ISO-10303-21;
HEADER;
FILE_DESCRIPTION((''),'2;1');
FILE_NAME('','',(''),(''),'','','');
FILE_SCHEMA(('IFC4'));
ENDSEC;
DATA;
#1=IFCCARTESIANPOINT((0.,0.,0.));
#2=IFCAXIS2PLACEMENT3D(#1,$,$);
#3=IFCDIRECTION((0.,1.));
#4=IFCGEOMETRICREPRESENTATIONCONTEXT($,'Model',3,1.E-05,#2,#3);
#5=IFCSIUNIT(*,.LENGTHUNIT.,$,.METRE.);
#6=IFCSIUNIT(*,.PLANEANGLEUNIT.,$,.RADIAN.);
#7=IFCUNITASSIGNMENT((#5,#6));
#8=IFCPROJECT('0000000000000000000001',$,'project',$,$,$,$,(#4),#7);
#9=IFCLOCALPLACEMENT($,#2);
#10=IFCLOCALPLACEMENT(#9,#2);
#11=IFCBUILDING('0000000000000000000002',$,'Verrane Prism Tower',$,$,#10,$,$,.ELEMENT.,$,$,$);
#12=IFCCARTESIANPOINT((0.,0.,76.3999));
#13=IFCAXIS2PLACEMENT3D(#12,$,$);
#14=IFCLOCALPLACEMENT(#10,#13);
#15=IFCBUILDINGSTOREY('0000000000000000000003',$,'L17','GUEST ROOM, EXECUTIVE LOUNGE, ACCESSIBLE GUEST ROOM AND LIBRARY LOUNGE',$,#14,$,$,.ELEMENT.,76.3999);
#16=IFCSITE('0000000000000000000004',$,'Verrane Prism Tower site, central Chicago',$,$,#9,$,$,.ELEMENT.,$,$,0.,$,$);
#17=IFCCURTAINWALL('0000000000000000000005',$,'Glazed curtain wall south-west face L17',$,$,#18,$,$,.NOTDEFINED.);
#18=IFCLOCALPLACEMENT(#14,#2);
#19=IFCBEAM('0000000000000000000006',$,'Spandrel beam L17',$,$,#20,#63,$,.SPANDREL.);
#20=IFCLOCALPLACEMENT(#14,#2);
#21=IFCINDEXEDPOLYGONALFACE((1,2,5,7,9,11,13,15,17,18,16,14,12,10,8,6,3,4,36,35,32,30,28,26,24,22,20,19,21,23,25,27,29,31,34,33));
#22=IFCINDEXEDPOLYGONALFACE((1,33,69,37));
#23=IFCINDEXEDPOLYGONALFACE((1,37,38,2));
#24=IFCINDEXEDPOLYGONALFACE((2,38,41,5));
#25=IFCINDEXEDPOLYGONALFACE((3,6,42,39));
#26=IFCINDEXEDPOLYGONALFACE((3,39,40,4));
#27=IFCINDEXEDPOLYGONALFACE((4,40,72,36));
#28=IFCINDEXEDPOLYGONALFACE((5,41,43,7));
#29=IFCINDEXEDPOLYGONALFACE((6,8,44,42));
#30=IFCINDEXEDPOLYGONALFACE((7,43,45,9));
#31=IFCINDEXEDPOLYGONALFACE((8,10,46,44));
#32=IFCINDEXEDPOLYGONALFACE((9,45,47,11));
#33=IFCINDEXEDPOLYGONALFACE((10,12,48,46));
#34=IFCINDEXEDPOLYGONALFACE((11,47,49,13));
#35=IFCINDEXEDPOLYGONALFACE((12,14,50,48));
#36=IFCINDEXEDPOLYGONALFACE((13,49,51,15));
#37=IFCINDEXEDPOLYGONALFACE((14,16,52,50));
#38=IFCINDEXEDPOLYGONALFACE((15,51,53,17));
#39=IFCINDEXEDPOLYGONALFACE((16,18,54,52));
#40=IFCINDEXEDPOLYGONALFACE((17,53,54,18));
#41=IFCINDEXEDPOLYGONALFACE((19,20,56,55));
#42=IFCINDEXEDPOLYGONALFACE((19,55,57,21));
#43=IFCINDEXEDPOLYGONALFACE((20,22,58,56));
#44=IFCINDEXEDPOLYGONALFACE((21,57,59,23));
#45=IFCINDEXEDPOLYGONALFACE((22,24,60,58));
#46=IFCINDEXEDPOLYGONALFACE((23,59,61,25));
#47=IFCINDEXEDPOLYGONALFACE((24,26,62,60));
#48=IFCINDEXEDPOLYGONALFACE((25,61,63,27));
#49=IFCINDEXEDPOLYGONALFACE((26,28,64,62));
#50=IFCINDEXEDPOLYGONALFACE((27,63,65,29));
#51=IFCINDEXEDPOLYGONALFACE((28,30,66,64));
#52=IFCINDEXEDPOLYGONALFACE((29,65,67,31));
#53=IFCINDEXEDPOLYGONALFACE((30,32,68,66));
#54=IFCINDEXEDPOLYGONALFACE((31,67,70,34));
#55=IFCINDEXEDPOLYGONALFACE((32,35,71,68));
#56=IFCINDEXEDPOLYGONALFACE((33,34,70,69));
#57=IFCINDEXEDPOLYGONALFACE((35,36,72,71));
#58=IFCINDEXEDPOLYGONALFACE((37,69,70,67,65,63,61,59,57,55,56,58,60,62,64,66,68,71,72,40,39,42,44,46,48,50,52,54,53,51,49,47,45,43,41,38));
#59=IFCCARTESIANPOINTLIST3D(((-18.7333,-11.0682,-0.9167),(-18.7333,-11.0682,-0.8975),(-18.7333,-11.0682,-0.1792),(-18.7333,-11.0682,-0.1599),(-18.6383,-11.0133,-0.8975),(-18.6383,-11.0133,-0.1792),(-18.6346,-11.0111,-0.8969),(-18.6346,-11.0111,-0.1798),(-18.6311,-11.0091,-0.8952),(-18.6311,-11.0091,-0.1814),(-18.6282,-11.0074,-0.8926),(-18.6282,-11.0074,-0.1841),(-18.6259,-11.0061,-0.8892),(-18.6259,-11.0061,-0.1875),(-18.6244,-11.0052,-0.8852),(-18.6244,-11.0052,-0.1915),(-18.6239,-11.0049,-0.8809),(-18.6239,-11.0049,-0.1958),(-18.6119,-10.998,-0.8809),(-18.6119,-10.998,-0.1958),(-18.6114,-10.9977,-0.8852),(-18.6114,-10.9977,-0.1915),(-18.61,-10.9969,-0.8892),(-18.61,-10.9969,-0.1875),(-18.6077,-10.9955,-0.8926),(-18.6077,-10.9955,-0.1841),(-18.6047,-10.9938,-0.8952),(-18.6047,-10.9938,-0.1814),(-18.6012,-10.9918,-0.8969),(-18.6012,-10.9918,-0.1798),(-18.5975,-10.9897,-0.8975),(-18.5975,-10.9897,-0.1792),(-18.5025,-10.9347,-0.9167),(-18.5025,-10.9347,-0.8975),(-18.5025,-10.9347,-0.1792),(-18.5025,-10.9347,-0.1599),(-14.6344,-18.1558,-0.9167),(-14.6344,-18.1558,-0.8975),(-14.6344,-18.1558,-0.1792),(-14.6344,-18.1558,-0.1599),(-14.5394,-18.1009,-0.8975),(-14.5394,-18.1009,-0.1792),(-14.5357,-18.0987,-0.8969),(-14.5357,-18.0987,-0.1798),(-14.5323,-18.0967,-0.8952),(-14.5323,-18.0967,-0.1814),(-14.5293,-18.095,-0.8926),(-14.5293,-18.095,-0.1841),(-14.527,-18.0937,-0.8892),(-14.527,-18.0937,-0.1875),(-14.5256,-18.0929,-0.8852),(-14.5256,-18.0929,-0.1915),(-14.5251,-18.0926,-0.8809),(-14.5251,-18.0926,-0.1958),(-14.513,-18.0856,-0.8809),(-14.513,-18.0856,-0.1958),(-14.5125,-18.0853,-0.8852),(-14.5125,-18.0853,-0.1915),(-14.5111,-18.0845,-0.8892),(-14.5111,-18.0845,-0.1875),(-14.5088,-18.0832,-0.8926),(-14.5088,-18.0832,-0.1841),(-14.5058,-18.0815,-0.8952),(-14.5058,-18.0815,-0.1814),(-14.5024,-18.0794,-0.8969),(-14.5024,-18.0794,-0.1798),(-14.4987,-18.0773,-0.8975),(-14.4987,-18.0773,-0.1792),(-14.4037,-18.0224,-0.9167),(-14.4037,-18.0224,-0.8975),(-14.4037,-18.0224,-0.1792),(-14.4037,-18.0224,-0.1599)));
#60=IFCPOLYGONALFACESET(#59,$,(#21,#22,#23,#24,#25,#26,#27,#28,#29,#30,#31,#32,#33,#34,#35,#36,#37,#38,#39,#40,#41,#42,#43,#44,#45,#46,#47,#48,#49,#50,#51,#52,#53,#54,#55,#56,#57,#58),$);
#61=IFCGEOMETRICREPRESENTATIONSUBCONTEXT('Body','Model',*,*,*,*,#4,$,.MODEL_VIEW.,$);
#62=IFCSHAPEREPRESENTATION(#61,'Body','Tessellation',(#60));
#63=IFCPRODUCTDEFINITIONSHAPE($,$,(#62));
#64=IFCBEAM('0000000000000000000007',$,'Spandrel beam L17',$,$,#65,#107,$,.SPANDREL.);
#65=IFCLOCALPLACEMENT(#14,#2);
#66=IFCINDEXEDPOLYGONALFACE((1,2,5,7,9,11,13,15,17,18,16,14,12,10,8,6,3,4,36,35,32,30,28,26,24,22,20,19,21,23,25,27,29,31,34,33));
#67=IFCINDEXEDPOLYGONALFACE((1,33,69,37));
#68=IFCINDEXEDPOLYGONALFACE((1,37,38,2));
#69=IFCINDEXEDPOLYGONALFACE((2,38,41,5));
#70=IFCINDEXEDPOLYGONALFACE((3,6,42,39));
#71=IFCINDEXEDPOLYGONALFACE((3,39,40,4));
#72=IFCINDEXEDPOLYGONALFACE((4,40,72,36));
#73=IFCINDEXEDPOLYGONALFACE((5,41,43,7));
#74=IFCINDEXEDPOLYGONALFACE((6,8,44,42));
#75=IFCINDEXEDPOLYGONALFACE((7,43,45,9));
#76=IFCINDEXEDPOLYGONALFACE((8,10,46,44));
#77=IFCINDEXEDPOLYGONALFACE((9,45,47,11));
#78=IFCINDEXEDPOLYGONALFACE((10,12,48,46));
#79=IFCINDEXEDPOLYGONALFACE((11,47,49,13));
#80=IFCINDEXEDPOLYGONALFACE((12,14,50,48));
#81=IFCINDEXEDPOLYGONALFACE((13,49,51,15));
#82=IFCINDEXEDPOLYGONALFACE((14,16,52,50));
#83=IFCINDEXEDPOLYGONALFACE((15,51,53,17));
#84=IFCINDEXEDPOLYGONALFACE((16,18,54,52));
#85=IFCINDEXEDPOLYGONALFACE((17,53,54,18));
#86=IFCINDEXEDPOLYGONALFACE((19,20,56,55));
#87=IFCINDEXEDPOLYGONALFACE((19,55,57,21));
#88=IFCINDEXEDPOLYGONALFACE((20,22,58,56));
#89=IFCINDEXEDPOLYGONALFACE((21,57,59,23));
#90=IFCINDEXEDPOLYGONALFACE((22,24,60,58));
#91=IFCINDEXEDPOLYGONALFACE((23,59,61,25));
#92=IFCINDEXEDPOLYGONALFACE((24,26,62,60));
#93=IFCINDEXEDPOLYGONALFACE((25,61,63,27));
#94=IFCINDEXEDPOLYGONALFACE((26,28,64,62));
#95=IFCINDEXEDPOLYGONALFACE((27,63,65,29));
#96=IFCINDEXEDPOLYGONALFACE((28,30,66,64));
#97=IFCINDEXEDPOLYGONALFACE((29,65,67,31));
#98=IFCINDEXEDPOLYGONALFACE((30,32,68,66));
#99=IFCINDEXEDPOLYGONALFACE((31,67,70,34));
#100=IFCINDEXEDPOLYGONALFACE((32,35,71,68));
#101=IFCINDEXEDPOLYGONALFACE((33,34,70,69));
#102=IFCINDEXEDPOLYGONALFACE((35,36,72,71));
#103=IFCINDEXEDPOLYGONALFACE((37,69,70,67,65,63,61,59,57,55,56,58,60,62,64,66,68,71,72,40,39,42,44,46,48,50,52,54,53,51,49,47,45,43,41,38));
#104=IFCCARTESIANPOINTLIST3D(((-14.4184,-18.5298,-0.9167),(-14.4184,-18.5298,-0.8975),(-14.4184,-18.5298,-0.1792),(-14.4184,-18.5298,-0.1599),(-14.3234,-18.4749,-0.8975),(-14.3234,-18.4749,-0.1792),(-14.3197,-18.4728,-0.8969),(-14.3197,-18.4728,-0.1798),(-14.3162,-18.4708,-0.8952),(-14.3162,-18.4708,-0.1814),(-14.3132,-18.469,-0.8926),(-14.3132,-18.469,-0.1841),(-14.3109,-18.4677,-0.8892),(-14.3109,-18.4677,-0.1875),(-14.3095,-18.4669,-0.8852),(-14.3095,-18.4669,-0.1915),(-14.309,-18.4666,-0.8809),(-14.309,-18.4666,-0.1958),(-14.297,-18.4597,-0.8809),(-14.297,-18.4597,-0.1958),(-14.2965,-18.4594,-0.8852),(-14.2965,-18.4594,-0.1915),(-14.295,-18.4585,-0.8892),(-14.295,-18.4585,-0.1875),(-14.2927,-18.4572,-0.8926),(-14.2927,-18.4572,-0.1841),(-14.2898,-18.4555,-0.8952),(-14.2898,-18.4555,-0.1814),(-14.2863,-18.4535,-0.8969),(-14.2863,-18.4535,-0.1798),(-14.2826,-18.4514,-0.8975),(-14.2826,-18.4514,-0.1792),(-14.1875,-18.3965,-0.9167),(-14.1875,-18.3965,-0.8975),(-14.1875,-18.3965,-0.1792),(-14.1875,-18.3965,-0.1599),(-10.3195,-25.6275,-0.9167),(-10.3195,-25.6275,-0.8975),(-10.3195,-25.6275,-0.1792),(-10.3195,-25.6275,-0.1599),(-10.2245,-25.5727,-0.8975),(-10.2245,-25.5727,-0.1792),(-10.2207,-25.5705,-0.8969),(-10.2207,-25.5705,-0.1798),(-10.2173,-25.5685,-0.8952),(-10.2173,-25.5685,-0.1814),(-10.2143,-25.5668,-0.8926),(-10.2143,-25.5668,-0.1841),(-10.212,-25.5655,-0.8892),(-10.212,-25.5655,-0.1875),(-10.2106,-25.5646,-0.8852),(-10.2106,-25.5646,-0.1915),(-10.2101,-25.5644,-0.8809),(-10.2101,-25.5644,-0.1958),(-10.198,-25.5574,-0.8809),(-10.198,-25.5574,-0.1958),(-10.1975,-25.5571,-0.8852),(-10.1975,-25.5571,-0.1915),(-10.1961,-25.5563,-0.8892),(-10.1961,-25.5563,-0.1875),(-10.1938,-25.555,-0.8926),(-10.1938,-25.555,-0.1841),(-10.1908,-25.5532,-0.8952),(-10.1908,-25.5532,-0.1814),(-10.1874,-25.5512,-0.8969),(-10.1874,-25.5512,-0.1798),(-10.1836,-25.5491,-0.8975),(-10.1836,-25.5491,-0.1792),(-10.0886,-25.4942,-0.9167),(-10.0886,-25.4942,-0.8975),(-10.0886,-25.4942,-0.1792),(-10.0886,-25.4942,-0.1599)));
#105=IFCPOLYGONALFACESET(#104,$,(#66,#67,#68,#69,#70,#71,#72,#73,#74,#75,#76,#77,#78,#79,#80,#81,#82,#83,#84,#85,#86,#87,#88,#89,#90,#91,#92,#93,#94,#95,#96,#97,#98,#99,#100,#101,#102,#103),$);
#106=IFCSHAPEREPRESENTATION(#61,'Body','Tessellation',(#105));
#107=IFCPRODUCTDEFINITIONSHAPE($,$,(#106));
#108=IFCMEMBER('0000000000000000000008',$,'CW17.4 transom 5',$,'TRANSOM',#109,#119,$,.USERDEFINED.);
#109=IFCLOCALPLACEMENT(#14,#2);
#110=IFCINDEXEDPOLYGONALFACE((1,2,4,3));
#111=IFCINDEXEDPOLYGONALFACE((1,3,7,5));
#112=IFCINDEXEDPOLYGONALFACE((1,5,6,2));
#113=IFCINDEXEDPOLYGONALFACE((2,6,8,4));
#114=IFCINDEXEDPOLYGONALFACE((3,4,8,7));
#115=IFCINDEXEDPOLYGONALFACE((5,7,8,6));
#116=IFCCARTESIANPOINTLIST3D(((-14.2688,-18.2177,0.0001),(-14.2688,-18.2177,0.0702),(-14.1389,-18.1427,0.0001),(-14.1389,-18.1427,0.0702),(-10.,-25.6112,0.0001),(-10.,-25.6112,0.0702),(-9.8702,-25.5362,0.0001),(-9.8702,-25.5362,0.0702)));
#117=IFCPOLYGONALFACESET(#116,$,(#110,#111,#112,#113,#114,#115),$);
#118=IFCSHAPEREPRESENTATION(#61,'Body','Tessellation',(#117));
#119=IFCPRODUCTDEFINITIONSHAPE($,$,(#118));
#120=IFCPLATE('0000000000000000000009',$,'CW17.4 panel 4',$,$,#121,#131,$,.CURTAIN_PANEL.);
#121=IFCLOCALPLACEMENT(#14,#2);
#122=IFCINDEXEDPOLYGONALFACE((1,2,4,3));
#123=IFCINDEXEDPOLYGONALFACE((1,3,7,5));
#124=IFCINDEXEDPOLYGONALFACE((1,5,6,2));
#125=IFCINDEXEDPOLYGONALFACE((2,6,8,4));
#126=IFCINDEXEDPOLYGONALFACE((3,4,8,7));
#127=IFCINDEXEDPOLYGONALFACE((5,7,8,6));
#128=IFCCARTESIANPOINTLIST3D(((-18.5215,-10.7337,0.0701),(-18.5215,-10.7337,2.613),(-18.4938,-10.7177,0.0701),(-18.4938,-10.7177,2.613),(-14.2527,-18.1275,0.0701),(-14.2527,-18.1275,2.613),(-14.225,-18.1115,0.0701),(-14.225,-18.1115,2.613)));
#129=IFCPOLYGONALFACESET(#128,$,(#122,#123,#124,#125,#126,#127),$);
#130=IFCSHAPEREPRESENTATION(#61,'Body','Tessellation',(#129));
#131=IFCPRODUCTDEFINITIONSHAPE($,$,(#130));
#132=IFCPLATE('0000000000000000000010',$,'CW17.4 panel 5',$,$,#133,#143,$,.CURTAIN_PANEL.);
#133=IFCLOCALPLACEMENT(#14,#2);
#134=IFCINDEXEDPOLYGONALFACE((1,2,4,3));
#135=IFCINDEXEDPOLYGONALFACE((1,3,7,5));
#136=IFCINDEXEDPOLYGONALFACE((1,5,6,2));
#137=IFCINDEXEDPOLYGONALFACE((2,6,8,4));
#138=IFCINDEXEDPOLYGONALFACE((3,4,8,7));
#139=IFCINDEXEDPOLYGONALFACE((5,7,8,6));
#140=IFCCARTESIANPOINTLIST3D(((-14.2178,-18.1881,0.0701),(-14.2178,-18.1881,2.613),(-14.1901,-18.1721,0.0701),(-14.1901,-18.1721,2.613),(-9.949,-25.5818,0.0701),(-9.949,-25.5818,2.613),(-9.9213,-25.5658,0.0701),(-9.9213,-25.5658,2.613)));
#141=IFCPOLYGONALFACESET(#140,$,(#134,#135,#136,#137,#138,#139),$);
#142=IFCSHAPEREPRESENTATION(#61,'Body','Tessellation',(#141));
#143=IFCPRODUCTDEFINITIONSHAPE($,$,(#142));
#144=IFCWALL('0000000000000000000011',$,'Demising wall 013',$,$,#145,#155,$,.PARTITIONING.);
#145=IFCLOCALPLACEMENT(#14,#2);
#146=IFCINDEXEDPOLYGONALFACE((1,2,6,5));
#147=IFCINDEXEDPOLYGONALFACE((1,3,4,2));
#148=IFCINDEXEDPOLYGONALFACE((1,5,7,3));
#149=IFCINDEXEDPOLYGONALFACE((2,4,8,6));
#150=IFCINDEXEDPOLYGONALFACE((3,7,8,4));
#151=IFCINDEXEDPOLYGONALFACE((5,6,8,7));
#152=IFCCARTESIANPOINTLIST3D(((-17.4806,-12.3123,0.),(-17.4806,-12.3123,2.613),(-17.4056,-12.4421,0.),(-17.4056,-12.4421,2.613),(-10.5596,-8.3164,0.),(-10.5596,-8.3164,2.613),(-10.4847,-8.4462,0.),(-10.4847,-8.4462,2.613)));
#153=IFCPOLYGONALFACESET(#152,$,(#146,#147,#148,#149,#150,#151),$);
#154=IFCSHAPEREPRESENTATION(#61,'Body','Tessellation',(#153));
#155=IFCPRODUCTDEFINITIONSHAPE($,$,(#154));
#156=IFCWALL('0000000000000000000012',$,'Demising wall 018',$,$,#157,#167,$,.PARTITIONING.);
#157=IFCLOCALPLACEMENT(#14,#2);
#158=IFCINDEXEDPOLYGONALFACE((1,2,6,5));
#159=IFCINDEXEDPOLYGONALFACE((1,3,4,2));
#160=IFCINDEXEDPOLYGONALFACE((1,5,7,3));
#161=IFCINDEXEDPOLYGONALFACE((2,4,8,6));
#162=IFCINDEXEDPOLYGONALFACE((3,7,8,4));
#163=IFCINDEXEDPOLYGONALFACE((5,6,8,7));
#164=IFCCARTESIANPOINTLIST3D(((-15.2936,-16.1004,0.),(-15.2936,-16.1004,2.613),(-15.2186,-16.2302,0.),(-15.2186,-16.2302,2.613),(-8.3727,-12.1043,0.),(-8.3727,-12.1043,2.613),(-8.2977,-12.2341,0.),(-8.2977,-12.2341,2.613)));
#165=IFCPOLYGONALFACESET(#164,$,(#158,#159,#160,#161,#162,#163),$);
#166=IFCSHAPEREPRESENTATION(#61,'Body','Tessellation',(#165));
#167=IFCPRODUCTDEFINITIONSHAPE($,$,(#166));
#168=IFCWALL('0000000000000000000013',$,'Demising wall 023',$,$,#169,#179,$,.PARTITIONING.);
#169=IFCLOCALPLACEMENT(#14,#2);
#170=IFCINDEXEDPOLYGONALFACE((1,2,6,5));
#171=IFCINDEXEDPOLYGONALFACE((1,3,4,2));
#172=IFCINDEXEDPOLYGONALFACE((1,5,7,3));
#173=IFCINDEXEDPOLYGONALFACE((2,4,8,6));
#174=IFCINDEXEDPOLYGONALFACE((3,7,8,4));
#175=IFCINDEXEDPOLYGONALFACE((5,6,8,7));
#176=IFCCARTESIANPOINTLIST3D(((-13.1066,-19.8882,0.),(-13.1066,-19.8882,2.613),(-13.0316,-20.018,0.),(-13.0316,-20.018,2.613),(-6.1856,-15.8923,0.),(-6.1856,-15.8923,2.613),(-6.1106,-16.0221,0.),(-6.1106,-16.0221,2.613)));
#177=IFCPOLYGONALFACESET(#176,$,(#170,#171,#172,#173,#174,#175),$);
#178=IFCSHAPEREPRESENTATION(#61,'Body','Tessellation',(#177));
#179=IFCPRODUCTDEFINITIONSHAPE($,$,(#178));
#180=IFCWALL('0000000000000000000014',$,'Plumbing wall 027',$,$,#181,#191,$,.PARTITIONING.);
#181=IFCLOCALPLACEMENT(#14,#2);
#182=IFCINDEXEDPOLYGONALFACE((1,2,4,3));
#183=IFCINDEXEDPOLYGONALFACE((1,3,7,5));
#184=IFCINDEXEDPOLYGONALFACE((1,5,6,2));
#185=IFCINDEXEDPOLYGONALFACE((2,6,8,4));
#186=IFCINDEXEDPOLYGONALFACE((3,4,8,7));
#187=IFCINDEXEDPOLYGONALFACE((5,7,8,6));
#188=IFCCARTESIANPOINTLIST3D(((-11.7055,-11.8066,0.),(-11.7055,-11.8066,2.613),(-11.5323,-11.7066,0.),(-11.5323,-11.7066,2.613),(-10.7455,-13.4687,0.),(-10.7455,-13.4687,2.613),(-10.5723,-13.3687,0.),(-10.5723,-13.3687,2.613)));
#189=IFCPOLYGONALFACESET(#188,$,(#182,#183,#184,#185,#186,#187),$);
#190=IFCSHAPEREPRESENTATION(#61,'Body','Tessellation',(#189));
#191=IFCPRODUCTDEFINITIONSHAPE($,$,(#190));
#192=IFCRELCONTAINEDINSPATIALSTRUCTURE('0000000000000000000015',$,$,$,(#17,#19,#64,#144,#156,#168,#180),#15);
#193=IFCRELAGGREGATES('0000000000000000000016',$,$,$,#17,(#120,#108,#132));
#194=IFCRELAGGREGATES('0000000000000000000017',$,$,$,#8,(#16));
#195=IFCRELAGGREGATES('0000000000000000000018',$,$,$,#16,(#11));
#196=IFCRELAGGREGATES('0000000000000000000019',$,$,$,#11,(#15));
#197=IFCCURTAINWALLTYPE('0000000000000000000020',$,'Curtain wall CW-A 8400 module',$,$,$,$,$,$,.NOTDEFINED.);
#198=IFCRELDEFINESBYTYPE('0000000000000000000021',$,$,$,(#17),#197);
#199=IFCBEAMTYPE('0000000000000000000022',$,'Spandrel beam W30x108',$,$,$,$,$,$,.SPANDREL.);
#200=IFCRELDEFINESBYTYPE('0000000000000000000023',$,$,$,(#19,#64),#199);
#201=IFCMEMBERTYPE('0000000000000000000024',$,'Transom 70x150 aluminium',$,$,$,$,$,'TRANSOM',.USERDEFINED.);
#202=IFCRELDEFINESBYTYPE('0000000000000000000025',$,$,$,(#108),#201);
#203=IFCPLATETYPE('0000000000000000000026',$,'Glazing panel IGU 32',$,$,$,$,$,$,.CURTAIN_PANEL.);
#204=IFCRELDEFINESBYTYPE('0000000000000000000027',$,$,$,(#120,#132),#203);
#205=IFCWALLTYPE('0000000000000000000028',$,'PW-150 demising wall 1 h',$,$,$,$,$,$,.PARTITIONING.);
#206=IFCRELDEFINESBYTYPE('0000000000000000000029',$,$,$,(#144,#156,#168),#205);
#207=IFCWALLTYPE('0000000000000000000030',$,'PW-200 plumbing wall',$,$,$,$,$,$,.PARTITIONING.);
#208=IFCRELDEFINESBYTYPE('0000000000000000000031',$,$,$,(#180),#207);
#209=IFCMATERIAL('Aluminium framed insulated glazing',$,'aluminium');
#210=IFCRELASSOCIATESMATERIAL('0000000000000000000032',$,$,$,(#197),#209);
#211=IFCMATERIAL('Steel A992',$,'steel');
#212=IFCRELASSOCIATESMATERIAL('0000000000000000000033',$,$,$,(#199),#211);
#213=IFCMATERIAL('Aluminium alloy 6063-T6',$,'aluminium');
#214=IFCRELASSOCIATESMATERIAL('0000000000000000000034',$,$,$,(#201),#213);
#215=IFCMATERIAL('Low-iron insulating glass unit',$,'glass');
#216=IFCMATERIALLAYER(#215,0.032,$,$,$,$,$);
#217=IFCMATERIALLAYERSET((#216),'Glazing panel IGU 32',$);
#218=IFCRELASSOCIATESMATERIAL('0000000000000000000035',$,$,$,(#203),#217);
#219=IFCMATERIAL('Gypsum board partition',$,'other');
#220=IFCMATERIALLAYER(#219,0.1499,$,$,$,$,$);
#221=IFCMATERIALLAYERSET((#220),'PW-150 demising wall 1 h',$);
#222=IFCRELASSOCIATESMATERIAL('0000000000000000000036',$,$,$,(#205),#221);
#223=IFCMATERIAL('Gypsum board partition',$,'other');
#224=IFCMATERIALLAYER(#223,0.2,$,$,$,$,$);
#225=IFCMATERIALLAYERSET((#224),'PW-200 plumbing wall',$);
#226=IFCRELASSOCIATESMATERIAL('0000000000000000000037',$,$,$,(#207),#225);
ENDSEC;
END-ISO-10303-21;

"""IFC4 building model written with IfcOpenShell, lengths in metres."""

from ifc_helpers import new_model, si_unit, direction, frame, frame_2d, origin, origin_2d, place, context, subcontext, project, spatial, rectangle, i_section, extrude, material, layer, layer_set, material_profile, profile_set, type_object, element, aggregate, save


model = new_model("IFC4")

# Units and contexts
model_context = context("Model", 3, precision=1e-05, world=origin(), true_north=direction((0.0, 1.0)))
body_context = subcontext(model_context, "Body", "Model", "MODEL_VIEW")
ifc_project = project(units=[si_unit("LENGTHUNIT", "METRE"), si_unit("PLANEANGLEUNIT", "RADIAN")], contexts=[model_context])

# Site, building, storey
site_placement = place(None, origin())
site = spatial("IfcSite", under=ifc_project, at=site_placement, Name="Verrane Prism Tower site, central Chicago", CompositionType="ELEMENT", RefElevation=0.0)
building_placement = place(site_placement, origin())
building = spatial("IfcBuilding", under=site, at=building_placement, Name="Verrane Prism Tower", CompositionType="ELEMENT")
storey_placement = place(building_placement, frame((0.0, 0.0, 76.3999)))
storey = spatial("IfcBuildingStorey", under=building, at=storey_placement, Name="L17", Description="GUEST ROOM, EXECUTIVE LOUNGE, ACCESSIBLE GUEST ROOM AND LIBRARY LOUNGE", CompositionType="ELEMENT", Elevation=76.3999)

# Curtain wall
ifc_material_1 = material(Name="Aluminium framed insulated glazing", Category="aluminium")
curtain_wall_type = type_object("IfcCurtainWallType", Name="Curtain wall CW-A 8400 module", PredefinedType="NOTDEFINED", material=ifc_material_1)
curtain_wall_placement = place(storey_placement, origin())
curtain_wall = element("IfcCurtainWall", 1, at=curtain_wall_placement, inside=storey, type_object=curtain_wall_type, Name="Glazed curtain wall south-west face L17", PredefinedType="NOTDEFINED")

# Beams
ifc_material_2 = material(Name="Steel A992", Category="steel")
ifc_material_profile_1 = material_profile(ifc_material_2, i_section(OverallWidth=0.2666, OverallDepth=0.7568, WebThickness=0.0139, FlangeThickness=0.0193, FilletRadius=0.0166, at=origin_2d()), Name="W30x108")
ifc_profile_set_1 = profile_set([ifc_material_profile_1], Name="Steel A992")
beam_type_1 = type_object("IfcBeamType", Name="Spandrel beam W30x108", PredefinedType="SPANDREL", material=ifc_profile_set_1)
beam_1_placement = place(storey_placement, frame((-18.6179, -11.0015, -0.5383), z_axis=(0.500625, -0.865664, 0.0), x_axis=(0.865664, 0.500625, 0.0)))
element("IfcBeam", 2, at=beam_1_placement, inside=storey, type_object=beam_type_1, Name="Spandrel beam L17", PredefinedType="SPANDREL", context=body_context, shape_type="SweptSolid", body=[
    extrude(i_section(OverallWidth=0.2666, OverallDepth=0.7568, WebThickness=0.0139, FlangeThickness=0.0193, FilletRadius=0.0166, at=origin_2d()), origin(), (0.0, 0.0, 1.0), 8.1875),
])
beam_2_placement = place(storey_placement, frame((-14.303, -18.4631, -0.5383), z_axis=(0.500095, -0.86597, 0.0), x_axis=(0.86597, 0.500095, 0.0)))
element("IfcBeam", 3, at=beam_2_placement, inside=storey, type_object=beam_type_1, Name="Spandrel beam L17", PredefinedType="SPANDREL", context=body_context, shape_type="SweptSolid", body=[
    extrude(i_section(OverallWidth=0.2666, OverallDepth=0.7568, WebThickness=0.0139, FlangeThickness=0.0193, FilletRadius=0.0166, at=origin_2d()), origin(), (0.0, 0.0, 1.0), 8.1963),
])

# Member
ifc_material_3 = material(Name="Aluminium alloy 6063-T6", Category="aluminium")
ifc_material_profile_2 = material_profile(ifc_material_3, rectangle(XDim=0.1499, YDim=0.0701, at=origin_2d()), Name="Transom 70x150 aluminium")
ifc_profile_set_2 = profile_set([ifc_material_profile_2], Name="Aluminium alloy 6063-T6")
member_type_1 = type_object("IfcMemberType", Name="Transom 70x150 aluminium", ElementType="TRANSOM", PredefinedType="USERDEFINED", material=ifc_profile_set_2)
member_1_placement = place(storey_placement, frame((-14.2039, -18.1802, 0.0352), z_axis=(0.500011, -0.866019, 0.0), x_axis=(0.866019, 0.500011, 0.0)))
member_1 = element("IfcMember", 4, at=member_1_placement, type_object=member_type_1, Name="CW17.4 transom 5", ObjectType="TRANSOM", PredefinedType="USERDEFINED", context=body_context, shape_type="SweptSolid", body=[
    extrude(rectangle(XDim=0.1499, YDim=0.0701, at=origin_2d()), origin(), (0.0, 0.0, 1.0), 8.5374),
])

# Plates
ifc_material_4 = material(Name="Low-iron insulating glass unit", Category="glass")
ifc_layer_1 = layer(ifc_material_4, 0.032)
ifc_layer_set_1 = layer_set([ifc_layer_1], Name="Glazing panel IGU 32")
plate_type = type_object("IfcPlateType", Name="Glazing panel IGU 32", PredefinedType="CURTAIN_PANEL", material=ifc_layer_set_1)
plate_1_placement = place(storey_placement, frame((-16.3733, -14.4226, 0.0701), z_axis=(0.0, 0.0, 1.0), x_axis=(0.499999, -0.866026, 0.0)))
plate_1 = element("IfcPlate", 5, at=plate_1_placement, type_object=plate_type, Name="CW17.4 panel 4", PredefinedType="CURTAIN_PANEL", context=body_context, shape_type="SweptSolid", body=[
    extrude(rectangle(XDim=8.5376, YDim=0.032, at=origin_2d()), origin(), (0.0, 0.0, 1.0), 2.543),
])
plate_2_placement = place(storey_placement, frame((-12.0696, -21.877, 0.0701), z_axis=(0.0, 0.0, 1.0), x_axis=(0.499999, -0.866026, 0.0)))
plate_2 = element("IfcPlate", 6, at=plate_2_placement, type_object=plate_type, Name="CW17.4 panel 5", PredefinedType="CURTAIN_PANEL", context=body_context, shape_type="SweptSolid", body=[
    extrude(rectangle(XDim=8.5376, YDim=0.032, at=origin_2d()), origin(), (0.0, 0.0, 1.0), 2.543),
])
aggregate(curtain_wall, [plate_1, member_1, plate_2])

# Walls
ifc_material_5 = material(Name="Gypsum board partition", Category="other")
ifc_layer_2 = layer(ifc_material_5, 0.1499)
ifc_layer_set_2 = layer_set([ifc_layer_2], Name="PW-150 demising wall 1 h")
wall_type_1 = type_object("IfcWallType", Name="PW-150 demising wall 1 h", PredefinedType="PARTITIONING", material=ifc_layer_set_2)
for number, where, z_axis, x_axis, name in (
    (7, (-17.4431, -12.3772, 0.0), (0.0, 0.0, 1.0), (0.866022, 0.500006, 0.0), "Demising wall 013"),
    (8, (-15.2561, -16.1653, 0.0), (0.0, 0.0, 1.0), (0.866009, 0.500029, 0.0), "Demising wall 018"),
    (9, (-13.0691, -19.9531, 0.0), (0.0, 0.0, 1.0), (0.866022, 0.500006, 0.0), "Demising wall 023"),
):
    element("IfcWall", number, at=place(storey_placement, frame(where, z_axis=z_axis, x_axis=x_axis)), inside=storey, type_object=wall_type_1, Name=name, PredefinedType="PARTITIONING", context=body_context, shape_type="SweptSolid", body=[
        extrude(rectangle(XDim=7.9917, YDim=0.1499, at=frame_2d((3.9958, 0.0))), origin(), (0.0, 0.0, 1.0), 2.613),
    ])
ifc_material_6 = material(Name="Gypsum board partition", Category="other")
ifc_layer_3 = layer(ifc_material_6, 0.2)
ifc_layer_set_3 = layer_set([ifc_layer_3], Name="PW-200 plumbing wall")
wall_type_2 = type_object("IfcWallType", Name="PW-200 plumbing wall", PredefinedType="PARTITIONING", material=ifc_layer_set_3)
wall_placement = place(storey_placement, frame((-11.6189, -11.7566, 0.0), z_axis=(0.0, 0.0, 1.0), x_axis=(0.500133, -0.865948, 0.0)))
element("IfcWall", 10, at=wall_placement, inside=storey, type_object=wall_type_2, Name="Plumbing wall 027", PredefinedType="PARTITIONING", context=body_context, shape_type="SweptSolid", body=[
    extrude(rectangle(XDim=1.9194, YDim=0.2, at=frame_2d((0.9597, 0.0))), origin(), (0.0, 0.0, 1.0), 2.613),
])

save(model, "model.ifc")
